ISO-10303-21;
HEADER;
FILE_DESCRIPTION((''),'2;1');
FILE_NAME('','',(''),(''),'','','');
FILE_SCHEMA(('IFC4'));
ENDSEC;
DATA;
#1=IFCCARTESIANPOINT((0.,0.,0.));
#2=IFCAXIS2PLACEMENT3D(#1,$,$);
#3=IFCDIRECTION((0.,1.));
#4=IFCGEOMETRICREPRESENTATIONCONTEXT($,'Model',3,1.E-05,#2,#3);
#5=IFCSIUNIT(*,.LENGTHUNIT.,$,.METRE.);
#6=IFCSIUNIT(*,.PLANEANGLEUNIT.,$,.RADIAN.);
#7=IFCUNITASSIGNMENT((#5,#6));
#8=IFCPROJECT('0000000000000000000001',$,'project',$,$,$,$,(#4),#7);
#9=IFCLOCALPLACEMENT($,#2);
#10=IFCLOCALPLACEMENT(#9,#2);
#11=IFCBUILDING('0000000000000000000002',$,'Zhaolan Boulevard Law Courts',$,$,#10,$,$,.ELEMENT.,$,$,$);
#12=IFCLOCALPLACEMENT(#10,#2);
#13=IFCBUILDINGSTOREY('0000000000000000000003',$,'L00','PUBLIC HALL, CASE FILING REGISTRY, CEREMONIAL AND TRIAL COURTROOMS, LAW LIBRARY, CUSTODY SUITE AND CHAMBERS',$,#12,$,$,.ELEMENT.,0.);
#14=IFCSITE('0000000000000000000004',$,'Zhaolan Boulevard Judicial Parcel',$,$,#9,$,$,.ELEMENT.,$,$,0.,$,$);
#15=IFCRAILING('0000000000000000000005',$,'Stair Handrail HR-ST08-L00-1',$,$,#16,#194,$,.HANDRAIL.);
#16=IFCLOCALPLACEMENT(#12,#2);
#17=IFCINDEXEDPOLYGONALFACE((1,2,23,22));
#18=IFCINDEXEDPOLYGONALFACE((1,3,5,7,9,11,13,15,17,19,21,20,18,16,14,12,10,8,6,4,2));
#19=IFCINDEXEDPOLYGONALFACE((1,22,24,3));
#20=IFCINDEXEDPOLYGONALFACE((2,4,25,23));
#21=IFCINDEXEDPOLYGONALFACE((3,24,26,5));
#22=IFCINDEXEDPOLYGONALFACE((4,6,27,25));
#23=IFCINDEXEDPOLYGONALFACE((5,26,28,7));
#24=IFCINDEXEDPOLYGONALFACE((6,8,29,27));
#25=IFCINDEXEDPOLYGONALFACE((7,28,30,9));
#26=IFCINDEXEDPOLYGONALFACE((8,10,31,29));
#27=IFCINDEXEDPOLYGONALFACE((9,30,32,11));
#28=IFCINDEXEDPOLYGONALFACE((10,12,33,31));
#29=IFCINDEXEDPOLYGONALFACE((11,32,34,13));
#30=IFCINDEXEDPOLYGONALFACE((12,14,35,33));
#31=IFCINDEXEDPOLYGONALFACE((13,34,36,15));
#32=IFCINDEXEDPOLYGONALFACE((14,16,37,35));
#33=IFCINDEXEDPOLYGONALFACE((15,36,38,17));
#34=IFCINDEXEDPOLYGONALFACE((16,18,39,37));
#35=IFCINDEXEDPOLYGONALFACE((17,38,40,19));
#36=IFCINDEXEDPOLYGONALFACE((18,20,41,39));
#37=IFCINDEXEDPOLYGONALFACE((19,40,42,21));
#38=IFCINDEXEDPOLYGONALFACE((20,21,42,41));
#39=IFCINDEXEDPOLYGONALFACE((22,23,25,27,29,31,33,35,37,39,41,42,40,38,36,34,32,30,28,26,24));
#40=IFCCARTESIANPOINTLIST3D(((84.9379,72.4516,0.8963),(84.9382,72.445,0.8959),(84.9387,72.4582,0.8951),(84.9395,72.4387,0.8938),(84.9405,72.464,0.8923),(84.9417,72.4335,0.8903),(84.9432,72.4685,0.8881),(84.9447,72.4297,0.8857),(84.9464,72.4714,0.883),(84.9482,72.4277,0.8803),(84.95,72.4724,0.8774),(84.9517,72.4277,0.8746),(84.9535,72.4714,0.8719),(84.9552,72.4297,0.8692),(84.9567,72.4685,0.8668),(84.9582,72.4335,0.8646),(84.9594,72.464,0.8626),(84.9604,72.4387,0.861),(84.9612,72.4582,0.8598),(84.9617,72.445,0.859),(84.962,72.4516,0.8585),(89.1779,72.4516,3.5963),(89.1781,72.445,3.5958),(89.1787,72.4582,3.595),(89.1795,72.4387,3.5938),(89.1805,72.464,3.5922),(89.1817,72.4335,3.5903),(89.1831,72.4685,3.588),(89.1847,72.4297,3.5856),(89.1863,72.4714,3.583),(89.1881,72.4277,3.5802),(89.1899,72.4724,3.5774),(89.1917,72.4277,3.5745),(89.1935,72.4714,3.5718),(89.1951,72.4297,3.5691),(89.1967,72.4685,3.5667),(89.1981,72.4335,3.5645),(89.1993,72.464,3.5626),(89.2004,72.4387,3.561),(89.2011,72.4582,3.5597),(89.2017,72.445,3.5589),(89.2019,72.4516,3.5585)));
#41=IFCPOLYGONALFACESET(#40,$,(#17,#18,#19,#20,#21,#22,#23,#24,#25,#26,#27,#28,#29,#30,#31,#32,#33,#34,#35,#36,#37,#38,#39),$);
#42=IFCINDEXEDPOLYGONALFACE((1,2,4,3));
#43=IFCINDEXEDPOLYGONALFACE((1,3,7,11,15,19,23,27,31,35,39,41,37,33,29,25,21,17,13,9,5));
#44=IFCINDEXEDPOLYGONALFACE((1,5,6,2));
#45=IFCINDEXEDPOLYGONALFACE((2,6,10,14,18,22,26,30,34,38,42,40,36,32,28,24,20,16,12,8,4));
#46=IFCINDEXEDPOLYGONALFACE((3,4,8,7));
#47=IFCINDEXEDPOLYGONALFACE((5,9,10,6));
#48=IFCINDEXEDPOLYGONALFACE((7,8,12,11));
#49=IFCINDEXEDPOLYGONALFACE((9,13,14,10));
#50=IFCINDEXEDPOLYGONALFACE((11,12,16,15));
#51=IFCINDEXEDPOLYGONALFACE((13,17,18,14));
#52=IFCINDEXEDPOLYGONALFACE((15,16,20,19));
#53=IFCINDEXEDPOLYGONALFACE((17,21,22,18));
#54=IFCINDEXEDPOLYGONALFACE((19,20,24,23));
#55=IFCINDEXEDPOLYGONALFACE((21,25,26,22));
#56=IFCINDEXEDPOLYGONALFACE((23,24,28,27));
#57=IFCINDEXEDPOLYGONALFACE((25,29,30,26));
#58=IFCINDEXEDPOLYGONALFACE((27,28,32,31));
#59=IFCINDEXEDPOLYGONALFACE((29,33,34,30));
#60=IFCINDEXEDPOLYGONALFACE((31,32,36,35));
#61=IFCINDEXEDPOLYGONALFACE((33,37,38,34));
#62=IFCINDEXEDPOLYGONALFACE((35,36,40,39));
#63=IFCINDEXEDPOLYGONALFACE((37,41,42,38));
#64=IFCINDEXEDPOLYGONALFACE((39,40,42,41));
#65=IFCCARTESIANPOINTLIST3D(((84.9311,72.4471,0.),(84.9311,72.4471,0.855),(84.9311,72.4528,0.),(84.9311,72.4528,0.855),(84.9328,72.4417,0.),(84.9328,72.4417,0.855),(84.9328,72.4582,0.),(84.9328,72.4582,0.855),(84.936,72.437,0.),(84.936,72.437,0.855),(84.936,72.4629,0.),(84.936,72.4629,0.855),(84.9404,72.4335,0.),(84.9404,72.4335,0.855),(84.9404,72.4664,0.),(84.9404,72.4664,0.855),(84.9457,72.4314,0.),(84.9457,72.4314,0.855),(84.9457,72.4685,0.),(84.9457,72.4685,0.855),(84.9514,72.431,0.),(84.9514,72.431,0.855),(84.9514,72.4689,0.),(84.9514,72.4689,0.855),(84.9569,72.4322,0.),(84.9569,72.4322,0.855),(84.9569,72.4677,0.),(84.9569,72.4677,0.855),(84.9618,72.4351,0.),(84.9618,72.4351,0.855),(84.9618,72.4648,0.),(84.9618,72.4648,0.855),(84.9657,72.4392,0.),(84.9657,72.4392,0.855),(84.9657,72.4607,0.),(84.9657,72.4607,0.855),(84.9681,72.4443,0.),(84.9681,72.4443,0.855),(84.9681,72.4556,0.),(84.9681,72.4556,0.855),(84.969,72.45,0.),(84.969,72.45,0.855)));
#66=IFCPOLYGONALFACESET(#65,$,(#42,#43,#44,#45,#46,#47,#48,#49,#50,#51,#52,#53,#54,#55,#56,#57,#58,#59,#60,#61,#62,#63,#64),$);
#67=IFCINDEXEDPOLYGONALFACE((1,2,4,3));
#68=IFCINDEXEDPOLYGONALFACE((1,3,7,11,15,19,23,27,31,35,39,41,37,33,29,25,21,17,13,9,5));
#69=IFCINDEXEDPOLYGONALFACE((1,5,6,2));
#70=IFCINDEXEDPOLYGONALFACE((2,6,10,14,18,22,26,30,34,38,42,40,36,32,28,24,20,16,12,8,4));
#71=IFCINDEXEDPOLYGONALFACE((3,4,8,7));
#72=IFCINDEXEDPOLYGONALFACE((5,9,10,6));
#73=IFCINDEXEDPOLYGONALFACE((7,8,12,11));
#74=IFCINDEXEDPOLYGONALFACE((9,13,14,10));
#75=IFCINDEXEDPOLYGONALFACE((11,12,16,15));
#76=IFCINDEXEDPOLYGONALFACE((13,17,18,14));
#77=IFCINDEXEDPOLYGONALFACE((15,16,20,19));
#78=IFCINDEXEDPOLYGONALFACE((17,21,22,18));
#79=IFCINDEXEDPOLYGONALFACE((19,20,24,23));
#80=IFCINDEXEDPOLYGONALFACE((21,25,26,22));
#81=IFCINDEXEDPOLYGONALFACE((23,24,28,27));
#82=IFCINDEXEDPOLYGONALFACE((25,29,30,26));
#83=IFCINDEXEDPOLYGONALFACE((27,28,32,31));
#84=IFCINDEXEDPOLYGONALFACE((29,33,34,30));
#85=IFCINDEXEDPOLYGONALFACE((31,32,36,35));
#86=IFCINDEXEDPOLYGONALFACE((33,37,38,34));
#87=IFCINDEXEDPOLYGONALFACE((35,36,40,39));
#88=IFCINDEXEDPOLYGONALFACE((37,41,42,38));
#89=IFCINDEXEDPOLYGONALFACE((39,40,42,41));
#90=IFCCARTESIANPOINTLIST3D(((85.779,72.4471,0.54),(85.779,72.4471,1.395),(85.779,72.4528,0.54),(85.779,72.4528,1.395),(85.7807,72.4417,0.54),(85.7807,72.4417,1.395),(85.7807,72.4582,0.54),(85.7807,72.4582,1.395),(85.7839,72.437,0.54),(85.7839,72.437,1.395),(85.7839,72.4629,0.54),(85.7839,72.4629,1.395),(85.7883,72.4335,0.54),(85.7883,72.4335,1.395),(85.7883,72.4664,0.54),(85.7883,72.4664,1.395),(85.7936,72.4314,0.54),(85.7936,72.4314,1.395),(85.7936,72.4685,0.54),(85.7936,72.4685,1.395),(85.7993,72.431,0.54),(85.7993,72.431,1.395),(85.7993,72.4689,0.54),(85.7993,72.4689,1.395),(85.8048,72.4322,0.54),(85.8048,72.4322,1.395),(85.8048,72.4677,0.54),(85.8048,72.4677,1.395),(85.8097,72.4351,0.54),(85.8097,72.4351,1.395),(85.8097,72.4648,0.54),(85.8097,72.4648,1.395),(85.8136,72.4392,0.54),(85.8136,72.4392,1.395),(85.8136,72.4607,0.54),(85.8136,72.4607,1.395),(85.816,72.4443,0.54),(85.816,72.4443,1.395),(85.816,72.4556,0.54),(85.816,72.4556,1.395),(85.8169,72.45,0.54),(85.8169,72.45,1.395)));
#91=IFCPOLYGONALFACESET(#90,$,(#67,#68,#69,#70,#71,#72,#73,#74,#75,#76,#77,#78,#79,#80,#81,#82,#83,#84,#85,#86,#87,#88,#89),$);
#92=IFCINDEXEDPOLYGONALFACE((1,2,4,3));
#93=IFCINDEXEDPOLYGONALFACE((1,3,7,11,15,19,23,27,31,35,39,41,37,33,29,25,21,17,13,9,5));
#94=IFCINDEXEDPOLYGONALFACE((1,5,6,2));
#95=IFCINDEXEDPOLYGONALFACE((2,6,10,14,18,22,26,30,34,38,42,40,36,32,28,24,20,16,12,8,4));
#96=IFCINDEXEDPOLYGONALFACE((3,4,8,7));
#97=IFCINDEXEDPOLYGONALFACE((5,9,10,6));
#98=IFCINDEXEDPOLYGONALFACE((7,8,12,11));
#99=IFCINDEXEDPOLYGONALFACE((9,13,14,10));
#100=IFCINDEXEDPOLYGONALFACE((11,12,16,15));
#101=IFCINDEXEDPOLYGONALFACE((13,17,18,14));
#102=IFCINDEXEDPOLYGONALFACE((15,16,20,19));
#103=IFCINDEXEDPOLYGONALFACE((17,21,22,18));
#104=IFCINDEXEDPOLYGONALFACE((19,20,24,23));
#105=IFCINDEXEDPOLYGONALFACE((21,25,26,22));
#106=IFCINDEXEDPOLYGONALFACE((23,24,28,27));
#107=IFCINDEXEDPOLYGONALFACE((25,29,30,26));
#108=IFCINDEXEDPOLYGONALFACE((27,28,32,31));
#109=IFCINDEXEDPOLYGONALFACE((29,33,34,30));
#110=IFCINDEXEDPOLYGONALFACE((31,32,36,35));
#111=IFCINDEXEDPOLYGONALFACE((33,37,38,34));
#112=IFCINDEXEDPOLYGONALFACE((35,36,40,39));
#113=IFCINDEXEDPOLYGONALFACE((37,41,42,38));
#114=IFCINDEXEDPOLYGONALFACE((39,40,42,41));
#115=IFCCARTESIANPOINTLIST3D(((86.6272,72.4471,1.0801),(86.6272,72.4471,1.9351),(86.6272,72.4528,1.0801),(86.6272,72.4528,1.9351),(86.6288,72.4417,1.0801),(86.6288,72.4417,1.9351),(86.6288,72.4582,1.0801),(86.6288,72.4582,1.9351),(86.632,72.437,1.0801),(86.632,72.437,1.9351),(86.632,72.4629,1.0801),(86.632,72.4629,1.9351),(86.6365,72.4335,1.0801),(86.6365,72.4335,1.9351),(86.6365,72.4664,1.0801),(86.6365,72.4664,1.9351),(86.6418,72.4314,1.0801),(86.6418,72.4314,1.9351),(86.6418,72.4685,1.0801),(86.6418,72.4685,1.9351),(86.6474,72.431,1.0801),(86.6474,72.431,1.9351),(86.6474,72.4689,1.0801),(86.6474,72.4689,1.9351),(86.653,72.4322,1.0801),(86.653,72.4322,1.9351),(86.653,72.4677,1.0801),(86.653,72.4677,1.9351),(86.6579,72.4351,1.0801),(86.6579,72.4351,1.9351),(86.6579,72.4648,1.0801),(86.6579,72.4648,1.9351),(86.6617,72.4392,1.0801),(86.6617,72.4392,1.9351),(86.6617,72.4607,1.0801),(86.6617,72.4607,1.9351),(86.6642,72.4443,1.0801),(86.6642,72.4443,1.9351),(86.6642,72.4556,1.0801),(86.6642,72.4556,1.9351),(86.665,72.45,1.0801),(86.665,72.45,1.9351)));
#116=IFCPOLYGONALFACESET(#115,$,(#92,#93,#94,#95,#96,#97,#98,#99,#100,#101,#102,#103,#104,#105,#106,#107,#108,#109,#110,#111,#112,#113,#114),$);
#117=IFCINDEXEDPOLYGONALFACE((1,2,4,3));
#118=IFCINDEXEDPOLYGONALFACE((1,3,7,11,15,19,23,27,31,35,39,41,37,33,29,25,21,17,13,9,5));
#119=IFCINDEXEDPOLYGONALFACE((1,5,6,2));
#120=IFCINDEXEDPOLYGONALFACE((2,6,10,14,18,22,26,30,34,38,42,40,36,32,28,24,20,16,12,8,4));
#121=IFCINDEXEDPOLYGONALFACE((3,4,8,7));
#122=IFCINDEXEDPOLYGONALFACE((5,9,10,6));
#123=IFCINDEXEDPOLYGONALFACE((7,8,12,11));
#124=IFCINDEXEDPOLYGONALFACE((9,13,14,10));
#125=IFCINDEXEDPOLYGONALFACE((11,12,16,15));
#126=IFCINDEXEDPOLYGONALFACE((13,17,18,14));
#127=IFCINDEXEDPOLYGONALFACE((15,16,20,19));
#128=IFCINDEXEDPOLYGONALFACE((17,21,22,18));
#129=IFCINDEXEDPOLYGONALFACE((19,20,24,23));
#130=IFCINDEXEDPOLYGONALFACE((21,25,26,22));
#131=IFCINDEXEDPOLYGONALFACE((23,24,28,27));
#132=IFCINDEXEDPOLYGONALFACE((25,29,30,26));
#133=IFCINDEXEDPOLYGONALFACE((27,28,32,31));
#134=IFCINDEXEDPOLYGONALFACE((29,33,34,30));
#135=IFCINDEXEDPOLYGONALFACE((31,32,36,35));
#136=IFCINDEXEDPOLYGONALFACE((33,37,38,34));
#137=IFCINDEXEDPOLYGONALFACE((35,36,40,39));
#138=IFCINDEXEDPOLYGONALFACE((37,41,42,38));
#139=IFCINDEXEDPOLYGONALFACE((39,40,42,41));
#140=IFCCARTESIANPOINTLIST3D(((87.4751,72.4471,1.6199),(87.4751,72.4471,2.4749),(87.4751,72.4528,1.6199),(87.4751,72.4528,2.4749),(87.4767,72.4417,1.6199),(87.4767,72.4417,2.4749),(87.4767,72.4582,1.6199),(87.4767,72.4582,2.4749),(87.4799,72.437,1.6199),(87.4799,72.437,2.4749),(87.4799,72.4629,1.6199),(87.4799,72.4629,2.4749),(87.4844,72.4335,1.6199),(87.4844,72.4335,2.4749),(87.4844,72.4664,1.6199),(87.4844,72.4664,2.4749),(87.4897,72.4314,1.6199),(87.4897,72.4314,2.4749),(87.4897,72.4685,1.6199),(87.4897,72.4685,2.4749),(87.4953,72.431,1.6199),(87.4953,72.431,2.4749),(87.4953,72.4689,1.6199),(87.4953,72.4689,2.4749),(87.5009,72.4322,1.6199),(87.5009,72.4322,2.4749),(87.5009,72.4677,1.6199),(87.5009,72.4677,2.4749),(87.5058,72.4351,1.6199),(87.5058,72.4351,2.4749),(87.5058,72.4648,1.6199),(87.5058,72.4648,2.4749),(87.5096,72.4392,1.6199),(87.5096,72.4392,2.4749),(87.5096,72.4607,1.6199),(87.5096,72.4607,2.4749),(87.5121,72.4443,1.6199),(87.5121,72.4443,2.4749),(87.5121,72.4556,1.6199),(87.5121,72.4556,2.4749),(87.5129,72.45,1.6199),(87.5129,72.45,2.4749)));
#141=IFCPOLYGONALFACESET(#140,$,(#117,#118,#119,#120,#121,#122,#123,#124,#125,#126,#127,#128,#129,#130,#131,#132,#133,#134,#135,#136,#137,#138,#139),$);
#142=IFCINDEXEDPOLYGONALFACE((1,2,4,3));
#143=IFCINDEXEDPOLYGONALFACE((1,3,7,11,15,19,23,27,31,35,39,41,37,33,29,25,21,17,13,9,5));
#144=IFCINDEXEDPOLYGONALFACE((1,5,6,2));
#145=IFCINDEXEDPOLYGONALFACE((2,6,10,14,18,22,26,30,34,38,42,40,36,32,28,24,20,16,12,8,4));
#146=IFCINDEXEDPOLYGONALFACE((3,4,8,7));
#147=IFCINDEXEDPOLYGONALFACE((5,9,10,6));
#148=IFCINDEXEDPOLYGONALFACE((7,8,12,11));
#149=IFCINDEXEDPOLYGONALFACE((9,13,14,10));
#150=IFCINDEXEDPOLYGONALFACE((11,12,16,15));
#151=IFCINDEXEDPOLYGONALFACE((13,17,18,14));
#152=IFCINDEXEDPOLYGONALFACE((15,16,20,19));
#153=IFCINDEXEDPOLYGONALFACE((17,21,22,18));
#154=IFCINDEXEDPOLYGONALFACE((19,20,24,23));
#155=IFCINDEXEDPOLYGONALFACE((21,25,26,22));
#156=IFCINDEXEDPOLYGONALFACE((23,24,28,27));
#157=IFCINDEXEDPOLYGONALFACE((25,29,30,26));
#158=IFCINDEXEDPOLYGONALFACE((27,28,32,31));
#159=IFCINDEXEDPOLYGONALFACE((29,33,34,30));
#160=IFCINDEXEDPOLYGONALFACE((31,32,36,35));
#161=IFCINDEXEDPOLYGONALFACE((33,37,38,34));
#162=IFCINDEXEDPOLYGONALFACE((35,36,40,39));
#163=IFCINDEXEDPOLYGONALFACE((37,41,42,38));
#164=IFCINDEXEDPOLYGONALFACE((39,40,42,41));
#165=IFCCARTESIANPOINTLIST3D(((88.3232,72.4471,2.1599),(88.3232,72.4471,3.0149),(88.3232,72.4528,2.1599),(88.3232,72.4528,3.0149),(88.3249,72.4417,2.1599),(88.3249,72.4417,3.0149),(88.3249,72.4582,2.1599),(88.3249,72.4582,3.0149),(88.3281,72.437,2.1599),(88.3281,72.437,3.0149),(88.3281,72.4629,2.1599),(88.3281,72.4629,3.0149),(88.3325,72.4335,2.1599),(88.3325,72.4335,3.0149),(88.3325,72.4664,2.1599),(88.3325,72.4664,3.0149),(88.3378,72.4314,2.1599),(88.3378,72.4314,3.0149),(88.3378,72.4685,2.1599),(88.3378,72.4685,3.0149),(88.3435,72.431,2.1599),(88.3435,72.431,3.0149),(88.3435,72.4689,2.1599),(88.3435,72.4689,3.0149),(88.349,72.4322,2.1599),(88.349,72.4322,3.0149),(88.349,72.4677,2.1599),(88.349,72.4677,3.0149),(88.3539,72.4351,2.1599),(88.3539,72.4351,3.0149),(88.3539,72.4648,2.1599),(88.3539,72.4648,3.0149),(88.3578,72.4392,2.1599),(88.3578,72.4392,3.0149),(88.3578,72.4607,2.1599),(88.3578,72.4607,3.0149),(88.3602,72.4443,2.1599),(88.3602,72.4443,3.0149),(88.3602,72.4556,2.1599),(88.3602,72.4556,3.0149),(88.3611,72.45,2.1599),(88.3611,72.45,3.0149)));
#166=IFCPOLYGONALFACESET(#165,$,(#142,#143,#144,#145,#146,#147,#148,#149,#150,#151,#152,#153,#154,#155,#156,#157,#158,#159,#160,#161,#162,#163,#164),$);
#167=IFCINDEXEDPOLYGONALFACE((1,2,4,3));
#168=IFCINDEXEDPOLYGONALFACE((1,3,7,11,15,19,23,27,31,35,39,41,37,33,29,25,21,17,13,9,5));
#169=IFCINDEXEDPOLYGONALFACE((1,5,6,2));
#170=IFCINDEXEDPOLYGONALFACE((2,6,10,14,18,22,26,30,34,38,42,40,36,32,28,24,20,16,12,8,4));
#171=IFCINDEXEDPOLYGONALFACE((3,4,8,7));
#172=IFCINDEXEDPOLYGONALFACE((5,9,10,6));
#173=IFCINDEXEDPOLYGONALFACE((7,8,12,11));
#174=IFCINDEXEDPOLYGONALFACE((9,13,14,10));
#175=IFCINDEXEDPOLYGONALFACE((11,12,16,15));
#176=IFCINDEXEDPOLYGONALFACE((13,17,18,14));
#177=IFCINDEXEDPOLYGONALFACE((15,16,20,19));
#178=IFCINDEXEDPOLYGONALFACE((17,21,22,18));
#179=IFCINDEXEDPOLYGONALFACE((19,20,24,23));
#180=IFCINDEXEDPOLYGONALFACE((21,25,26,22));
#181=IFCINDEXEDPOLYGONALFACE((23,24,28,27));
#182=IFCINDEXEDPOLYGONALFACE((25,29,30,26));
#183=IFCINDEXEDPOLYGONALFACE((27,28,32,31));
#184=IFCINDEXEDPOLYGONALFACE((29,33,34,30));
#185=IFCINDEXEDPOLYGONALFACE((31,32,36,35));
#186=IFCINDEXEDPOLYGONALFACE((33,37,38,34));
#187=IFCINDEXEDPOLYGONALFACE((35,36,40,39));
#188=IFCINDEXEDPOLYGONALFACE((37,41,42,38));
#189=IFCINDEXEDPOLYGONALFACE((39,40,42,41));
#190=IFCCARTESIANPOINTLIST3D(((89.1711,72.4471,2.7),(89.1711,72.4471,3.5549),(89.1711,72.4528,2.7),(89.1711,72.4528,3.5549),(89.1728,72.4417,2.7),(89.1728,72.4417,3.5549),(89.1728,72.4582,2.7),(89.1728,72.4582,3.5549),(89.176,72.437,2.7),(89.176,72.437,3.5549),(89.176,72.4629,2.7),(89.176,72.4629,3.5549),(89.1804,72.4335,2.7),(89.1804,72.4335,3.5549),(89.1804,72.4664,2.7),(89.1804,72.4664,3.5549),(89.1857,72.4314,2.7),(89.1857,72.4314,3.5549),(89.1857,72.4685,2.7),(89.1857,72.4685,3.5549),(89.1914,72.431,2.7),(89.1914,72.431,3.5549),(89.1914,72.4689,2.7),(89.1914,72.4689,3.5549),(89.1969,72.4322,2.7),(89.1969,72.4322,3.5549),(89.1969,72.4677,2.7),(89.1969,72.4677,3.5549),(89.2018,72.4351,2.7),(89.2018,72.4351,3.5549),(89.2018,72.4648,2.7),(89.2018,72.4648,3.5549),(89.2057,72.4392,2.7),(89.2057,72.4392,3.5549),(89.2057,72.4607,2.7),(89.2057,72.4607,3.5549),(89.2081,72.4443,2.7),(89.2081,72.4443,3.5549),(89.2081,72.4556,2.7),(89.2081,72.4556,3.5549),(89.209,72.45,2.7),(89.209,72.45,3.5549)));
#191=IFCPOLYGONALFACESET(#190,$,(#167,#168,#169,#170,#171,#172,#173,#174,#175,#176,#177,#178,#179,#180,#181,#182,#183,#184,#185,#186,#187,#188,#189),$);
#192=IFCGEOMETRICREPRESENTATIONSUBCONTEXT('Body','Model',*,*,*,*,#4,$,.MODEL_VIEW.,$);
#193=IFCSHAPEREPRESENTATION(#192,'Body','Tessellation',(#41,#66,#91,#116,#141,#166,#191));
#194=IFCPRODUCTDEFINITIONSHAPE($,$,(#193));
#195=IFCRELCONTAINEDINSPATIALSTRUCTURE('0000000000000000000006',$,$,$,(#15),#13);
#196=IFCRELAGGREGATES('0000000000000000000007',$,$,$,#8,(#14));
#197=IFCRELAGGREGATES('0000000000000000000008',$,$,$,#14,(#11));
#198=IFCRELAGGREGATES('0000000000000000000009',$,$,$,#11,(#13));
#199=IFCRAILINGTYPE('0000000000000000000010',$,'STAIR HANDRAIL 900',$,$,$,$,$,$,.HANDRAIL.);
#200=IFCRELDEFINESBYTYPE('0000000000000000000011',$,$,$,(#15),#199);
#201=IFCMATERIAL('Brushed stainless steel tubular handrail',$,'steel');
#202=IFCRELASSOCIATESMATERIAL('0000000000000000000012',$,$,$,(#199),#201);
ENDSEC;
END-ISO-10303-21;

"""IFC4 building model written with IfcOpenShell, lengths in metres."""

from ifc_helpers import new_model, si_unit, direction, frame, origin, origin_2d, place, context, subcontext, project, spatial, circle, extrude, material, type_object, element, save


model = new_model("IFC4")

# Units and contexts
model_context = context("Model", 3, precision=1e-05, world=origin(), true_north=direction((0.0, 1.0)))
body_context = subcontext(model_context, "Body", "Model", "MODEL_VIEW")
ifc_project = project(units=[si_unit("LENGTHUNIT", "METRE"), si_unit("PLANEANGLEUNIT", "RADIAN")], contexts=[model_context])

# Site, building, storey
site_placement = place(None, origin())
site = spatial("IfcSite", under=ifc_project, at=site_placement, Name="Zhaolan Boulevard Judicial Parcel", CompositionType="ELEMENT", RefElevation=0.0)
building_placement = place(site_placement, origin())
building = spatial("IfcBuilding", under=site, at=building_placement, Name="Zhaolan Boulevard Law Courts", CompositionType="ELEMENT")
storey_placement = place(building_placement, origin())
storey = spatial("IfcBuildingStorey", under=building, at=storey_placement, Name="L00", Description="PUBLIC HALL, CASE FILING REGISTRY, CEREMONIAL AND TRIAL COURTROOMS, LAW LIBRARY, CUSTODY SUITE AND CHAMBERS", CompositionType="ELEMENT", Elevation=0.0)

# Railing
ifc_material_1 = material(Name="Brushed stainless steel tubular handrail", Category="steel")
railing_type_1 = type_object("IfcRailingType", Name="STAIR HANDRAIL 900", PredefinedType="HANDRAIL", material=ifc_material_1)
railing_1_placement = place(storey_placement, frame((84.95, 72.45, 0.0)))
element("IfcRailing", 1, at=railing_1_placement, inside=storey, type_object=railing_type_1, Name="Stair Handrail HR-ST08-L00-1", PredefinedType="HANDRAIL", context=body_context, shape_type="SweptSolid", body=[
    extrude(circle(Radius=0.0225, at=origin_2d()), frame((0.0, 0.0, 0.8774), z_axis=(0.843501, 0.0, 0.537127), x_axis=(0.0, 1.0, 0.0)), (0.0, 0.0, 1.0), 5.0266),
    extrude(circle(Radius=0.019, at=origin_2d()), origin(), (0.0, 0.0, 1.0), 0.855),
    extrude(circle(Radius=0.019, at=origin_2d()), frame((0.8479, 0.0, 0.54)), (0.0, 0.0, 1.0), 0.855),
    extrude(circle(Radius=0.019, at=origin_2d()), frame((1.696, 0.0, 1.0801)), (0.0, 0.0, 1.0), 0.855),
    extrude(circle(Radius=0.019, at=origin_2d()), frame((2.5439, 0.0, 1.6199)), (0.0, 0.0, 1.0), 0.855),
    extrude(circle(Radius=0.019, at=origin_2d()), frame((3.3921, 0.0, 2.1599)), (0.0, 0.0, 1.0), 0.855),
    extrude(circle(Radius=0.019, at=origin_2d()), frame((4.24, 0.0, 2.7)), (0.0, 0.0, 1.0), 0.855),
])

save(model, "model.ifc")
